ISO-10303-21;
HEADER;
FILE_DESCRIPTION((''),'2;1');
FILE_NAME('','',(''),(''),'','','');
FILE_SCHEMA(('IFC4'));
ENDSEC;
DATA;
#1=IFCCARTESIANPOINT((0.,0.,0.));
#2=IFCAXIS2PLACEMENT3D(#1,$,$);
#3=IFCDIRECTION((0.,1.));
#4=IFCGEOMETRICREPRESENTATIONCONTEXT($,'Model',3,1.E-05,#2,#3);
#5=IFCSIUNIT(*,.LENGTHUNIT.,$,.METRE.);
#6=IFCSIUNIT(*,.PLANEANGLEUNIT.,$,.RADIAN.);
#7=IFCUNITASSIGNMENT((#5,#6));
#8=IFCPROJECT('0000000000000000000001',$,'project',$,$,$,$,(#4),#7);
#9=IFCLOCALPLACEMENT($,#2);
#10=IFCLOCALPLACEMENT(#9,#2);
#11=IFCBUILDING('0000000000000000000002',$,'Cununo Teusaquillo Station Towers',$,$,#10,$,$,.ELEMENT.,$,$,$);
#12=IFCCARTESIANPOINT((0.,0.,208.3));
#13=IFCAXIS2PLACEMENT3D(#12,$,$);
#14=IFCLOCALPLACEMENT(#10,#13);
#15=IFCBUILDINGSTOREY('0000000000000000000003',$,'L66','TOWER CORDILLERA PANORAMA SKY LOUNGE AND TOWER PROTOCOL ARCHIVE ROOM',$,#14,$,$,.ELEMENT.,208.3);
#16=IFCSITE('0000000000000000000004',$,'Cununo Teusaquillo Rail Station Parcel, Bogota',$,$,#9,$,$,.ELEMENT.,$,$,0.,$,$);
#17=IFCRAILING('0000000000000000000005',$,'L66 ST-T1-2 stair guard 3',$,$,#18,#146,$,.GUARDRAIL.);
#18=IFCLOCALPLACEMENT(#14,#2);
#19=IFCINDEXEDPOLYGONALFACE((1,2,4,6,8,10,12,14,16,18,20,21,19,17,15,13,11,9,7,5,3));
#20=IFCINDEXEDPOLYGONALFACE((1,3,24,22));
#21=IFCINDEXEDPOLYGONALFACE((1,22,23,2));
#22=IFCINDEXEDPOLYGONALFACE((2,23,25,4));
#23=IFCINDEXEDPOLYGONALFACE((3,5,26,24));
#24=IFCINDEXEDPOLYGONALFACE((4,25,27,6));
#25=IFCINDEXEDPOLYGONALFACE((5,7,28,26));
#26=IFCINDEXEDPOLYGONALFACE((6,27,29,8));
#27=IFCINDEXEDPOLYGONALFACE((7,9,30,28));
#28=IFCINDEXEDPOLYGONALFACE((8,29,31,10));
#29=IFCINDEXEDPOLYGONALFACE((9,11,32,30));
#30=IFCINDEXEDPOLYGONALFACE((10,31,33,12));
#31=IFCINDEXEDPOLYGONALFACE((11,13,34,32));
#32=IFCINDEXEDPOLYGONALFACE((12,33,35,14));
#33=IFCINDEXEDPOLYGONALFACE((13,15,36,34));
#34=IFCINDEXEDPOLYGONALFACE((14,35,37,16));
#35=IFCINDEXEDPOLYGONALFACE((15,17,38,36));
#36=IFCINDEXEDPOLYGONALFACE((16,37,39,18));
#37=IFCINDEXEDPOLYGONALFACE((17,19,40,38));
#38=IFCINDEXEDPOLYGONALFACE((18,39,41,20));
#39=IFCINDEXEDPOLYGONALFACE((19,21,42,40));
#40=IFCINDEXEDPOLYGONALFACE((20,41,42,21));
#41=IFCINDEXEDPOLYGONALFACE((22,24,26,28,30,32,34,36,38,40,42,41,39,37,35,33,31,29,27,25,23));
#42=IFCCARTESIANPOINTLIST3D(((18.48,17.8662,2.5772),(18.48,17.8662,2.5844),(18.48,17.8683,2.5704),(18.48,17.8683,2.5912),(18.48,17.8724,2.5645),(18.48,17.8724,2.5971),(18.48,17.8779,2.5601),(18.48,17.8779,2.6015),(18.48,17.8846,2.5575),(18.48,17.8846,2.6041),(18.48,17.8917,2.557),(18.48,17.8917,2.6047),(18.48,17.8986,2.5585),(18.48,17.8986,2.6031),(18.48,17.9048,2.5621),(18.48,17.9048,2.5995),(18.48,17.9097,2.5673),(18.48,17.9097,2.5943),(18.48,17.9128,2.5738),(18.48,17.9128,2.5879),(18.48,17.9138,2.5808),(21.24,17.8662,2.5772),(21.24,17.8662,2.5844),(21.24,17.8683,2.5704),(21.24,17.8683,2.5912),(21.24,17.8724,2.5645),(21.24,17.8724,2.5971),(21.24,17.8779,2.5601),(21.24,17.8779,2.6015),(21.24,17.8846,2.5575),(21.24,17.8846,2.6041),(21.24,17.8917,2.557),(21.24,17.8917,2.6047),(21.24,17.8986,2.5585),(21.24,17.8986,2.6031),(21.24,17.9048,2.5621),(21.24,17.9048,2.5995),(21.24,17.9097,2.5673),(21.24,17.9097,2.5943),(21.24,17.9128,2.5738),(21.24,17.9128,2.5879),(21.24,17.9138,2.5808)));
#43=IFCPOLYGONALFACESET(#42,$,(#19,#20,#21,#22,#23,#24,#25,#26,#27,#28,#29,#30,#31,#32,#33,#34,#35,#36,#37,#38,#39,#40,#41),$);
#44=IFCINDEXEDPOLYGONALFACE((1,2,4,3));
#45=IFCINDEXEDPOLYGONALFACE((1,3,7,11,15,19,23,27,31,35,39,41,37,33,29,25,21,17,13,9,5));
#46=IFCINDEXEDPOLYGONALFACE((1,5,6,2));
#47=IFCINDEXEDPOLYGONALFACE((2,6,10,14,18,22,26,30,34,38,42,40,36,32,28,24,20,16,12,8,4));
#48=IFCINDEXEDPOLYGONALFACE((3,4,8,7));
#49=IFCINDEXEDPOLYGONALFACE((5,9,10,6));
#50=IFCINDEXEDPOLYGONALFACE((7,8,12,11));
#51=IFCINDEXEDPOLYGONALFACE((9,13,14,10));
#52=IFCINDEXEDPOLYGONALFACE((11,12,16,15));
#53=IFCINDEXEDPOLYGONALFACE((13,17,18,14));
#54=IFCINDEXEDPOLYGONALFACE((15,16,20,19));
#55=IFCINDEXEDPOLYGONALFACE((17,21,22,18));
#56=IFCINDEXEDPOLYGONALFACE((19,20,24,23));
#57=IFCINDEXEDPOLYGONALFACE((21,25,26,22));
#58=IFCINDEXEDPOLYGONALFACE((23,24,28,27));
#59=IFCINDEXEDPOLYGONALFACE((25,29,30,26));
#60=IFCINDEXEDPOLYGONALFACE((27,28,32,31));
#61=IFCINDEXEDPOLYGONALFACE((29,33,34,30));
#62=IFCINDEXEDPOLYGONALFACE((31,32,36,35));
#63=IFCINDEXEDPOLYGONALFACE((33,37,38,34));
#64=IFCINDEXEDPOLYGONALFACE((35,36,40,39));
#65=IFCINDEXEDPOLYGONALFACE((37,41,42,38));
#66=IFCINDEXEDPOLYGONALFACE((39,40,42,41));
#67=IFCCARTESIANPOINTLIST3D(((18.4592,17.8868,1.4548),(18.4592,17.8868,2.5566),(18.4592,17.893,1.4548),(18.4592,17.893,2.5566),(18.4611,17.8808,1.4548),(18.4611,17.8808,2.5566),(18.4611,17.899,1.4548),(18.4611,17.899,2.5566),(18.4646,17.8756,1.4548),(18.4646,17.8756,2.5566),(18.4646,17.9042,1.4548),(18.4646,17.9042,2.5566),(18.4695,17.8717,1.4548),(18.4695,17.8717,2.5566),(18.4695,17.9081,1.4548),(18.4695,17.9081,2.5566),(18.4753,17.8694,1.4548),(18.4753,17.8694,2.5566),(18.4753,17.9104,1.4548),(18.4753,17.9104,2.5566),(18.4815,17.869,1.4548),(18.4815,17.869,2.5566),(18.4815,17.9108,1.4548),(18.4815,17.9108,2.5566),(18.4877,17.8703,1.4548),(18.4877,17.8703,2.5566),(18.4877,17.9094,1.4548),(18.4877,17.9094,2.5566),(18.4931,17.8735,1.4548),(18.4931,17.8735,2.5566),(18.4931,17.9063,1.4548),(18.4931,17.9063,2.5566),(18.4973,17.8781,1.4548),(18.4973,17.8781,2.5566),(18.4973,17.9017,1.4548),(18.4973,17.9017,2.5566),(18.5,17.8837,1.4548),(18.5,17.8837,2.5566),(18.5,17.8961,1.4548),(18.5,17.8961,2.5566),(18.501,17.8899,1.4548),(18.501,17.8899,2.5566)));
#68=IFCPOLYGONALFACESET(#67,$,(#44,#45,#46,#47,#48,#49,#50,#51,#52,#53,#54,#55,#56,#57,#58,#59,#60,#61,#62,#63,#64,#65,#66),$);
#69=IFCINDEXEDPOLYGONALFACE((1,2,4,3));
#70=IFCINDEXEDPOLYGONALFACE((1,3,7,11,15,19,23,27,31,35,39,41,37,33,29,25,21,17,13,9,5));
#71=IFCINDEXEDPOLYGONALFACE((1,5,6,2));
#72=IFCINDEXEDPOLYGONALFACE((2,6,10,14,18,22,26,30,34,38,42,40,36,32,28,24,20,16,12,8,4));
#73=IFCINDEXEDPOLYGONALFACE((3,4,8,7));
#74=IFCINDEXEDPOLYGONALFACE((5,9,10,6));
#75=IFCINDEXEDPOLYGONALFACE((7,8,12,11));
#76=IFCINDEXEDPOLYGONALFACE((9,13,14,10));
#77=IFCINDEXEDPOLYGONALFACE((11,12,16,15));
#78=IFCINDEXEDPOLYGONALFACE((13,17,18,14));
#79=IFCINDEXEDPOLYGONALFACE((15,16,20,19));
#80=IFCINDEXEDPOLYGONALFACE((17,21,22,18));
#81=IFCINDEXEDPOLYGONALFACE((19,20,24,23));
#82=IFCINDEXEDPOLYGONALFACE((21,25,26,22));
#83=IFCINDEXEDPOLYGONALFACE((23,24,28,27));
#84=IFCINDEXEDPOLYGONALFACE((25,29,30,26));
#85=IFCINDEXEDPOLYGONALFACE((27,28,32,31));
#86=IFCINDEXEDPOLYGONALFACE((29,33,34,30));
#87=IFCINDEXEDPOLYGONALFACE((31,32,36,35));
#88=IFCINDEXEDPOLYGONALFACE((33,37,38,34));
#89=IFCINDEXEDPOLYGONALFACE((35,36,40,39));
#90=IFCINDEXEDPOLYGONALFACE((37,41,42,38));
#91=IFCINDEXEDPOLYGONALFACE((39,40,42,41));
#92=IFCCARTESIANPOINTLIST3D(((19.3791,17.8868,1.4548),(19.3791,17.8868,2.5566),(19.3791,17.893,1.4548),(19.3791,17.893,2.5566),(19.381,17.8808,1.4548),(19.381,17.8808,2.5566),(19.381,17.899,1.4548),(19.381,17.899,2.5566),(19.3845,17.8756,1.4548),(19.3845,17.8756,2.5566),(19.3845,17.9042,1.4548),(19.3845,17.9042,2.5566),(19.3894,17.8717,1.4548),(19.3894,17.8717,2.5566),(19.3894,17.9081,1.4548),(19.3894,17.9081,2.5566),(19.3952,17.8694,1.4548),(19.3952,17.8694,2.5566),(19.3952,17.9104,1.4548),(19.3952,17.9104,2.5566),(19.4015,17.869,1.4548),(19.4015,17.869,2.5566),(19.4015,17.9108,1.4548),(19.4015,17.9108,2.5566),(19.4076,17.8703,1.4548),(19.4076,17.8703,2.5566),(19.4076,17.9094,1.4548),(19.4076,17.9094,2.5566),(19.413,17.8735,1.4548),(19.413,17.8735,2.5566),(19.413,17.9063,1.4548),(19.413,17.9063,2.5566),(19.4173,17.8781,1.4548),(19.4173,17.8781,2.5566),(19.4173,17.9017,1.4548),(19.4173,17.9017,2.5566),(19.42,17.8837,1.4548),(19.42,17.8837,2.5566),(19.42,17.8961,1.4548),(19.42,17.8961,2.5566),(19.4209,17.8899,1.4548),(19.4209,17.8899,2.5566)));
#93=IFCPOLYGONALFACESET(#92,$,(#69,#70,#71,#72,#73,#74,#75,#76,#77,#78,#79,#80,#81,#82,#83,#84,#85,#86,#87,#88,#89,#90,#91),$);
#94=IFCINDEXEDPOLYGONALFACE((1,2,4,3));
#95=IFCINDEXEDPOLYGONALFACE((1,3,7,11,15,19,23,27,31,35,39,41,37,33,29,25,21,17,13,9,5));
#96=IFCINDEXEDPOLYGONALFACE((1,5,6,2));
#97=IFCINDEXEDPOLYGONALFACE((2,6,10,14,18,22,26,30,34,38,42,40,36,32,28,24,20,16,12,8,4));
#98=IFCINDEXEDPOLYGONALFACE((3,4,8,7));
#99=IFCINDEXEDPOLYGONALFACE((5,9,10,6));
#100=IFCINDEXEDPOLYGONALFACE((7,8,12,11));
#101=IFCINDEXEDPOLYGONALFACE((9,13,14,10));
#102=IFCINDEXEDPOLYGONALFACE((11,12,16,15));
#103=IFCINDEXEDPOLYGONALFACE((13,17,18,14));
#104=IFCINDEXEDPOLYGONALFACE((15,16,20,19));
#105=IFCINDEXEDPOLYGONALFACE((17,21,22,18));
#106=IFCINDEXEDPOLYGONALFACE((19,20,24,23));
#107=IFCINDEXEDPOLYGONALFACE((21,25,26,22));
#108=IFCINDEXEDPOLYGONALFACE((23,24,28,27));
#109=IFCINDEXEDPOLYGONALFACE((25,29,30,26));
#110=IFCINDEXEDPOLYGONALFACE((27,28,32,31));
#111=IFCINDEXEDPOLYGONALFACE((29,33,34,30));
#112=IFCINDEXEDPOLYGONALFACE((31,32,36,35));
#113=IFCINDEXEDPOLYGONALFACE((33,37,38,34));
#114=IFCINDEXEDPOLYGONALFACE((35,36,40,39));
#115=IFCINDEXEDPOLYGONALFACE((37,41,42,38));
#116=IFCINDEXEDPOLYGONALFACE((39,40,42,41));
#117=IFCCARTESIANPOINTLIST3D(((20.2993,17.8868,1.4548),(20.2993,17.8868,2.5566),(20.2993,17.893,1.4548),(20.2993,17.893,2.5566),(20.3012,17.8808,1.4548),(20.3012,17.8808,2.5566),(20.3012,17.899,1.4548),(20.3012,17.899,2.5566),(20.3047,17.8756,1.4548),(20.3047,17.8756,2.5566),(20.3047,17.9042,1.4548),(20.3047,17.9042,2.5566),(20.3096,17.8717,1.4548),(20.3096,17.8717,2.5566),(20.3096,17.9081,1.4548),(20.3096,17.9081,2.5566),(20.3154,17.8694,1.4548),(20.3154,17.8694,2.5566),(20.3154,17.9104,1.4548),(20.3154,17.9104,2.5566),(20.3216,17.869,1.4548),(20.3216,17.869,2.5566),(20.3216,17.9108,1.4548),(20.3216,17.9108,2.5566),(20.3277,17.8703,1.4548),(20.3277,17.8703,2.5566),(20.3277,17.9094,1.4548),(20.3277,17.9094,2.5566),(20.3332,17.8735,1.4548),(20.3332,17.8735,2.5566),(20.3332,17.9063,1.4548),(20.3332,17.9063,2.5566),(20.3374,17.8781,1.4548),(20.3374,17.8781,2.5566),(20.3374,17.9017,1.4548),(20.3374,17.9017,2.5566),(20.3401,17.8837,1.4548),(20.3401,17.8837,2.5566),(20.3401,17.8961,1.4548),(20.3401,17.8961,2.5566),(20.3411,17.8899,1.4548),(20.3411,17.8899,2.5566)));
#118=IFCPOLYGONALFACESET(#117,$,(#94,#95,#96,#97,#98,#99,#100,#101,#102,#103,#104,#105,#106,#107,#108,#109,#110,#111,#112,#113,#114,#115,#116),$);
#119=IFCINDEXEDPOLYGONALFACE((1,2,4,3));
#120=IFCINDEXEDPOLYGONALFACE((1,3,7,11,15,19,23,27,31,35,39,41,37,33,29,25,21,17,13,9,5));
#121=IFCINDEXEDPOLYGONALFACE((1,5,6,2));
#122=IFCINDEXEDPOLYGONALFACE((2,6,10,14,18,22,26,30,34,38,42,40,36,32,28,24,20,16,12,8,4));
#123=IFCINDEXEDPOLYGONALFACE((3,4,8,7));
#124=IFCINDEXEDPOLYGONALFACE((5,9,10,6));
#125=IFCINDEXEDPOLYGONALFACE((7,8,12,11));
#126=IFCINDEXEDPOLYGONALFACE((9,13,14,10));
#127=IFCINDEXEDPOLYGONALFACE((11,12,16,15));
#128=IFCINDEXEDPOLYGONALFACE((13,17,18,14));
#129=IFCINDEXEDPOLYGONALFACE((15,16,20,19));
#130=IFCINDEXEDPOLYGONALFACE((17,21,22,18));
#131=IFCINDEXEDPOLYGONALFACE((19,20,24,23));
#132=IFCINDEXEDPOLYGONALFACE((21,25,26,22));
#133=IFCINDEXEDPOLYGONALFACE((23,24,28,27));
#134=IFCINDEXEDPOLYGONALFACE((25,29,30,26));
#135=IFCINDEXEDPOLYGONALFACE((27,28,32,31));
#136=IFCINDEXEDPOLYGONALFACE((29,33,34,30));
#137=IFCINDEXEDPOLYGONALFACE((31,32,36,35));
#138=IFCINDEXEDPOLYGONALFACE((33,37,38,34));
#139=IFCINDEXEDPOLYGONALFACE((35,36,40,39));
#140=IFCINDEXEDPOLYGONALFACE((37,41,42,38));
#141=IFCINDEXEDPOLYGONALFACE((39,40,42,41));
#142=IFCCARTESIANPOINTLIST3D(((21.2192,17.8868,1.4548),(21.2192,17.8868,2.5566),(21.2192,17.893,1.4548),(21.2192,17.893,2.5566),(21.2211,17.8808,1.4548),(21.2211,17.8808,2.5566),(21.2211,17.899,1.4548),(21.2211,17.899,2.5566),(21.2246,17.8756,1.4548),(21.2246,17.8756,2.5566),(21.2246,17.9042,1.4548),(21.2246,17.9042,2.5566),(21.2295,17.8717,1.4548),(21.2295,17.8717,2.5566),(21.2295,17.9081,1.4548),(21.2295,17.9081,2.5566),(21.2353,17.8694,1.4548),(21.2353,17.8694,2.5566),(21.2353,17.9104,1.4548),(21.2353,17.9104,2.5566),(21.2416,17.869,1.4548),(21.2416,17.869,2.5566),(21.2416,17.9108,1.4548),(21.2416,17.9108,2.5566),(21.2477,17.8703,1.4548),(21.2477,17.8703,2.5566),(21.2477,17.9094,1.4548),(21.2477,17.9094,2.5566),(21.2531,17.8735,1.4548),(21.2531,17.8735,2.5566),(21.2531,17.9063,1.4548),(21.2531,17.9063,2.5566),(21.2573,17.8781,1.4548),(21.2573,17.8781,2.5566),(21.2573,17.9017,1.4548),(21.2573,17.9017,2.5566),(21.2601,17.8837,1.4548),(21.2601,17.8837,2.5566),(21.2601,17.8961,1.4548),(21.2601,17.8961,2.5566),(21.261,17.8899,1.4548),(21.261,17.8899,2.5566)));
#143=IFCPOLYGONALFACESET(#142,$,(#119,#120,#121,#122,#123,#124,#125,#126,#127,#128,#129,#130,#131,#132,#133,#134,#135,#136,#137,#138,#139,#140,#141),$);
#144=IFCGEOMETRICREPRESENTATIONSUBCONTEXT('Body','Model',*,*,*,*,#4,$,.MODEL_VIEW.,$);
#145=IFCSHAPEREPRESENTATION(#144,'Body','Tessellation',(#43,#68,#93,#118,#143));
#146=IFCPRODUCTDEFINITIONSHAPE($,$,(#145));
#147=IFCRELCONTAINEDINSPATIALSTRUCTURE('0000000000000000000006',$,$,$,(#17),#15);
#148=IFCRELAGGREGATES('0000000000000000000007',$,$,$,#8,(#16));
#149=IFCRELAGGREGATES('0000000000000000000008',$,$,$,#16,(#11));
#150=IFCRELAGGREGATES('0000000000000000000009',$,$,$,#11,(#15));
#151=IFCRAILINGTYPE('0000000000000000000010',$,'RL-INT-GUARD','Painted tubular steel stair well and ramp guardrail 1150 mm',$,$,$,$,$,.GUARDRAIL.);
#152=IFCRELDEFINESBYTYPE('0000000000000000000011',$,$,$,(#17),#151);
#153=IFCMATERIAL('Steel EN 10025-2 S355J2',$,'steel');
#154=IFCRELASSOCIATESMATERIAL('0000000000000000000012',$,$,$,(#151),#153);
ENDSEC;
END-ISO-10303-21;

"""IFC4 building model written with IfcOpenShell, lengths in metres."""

from ifc_helpers import new_model, si_unit, direction, frame, origin, origin_2d, place, context, subcontext, project, spatial, circle, extrude, material, type_object, element, save


model = new_model("IFC4")

# Units and contexts
model_context = context("Model", 3, precision=1e-05, world=origin(), true_north=direction((0.0, 1.0)))
body_context = subcontext(model_context, "Body", "Model", "MODEL_VIEW")
ifc_project = project(units=[si_unit("LENGTHUNIT", "METRE"), si_unit("PLANEANGLEUNIT", "RADIAN")], contexts=[model_context])

# Site, building, storey
site_placement = place(None, origin())
site = spatial("IfcSite", under=ifc_project, at=site_placement, Name="Cununo Teusaquillo Rail Station Parcel, Bogota", CompositionType="ELEMENT", RefElevation=0.0)
building_placement = place(site_placement, origin())
building = spatial("IfcBuilding", under=site, at=building_placement, Name="Cununo Teusaquillo Station Towers", CompositionType="ELEMENT")
storey_placement = place(building_placement, frame((0.0, 0.0, 208.3)))
storey = spatial("IfcBuildingStorey", under=building, at=storey_placement, Name="L66", Description="TOWER CORDILLERA PANORAMA SKY LOUNGE AND TOWER PROTOCOL ARCHIVE ROOM", CompositionType="ELEMENT", Elevation=208.3)

# Railing
ifc_material_1 = material(Name="Steel EN 10025-2 S355J2", Category="steel")
railing_type_1 = type_object("IfcRailingType", Name="RL-INT-GUARD", Description="Painted tubular steel stair well and ramp guardrail 1150 mm", PredefinedType="GUARDRAIL", material=ifc_material_1)
railing_1_placement = place(storey_placement, frame((18.48, 17.8899, 1.4548)))
element("IfcRailing", 1, at=railing_1_placement, inside=storey, type_object=railing_type_1, Name="L66 ST-T1-2 stair guard 3", PredefinedType="GUARDRAIL", context=body_context, shape_type="SweptSolid", body=[
    extrude(circle(Radius=0.0239, at=origin_2d()), frame((0.0, 0.0, 1.126), z_axis=(1.0, 0.0, 0.0), x_axis=(0.0, 1.0, 0.0)), (0.0, 0.0, 1.0), 2.76),
    extrude(circle(Radius=0.021, at=origin_2d()), origin(), (0.0, 0.0, 1.0), 1.1018),
    extrude(circle(Radius=0.021, at=origin_2d()), frame((0.9199, 0.0, 0.0)), (0.0, 0.0, 1.0), 1.1018),
    extrude(circle(Radius=0.021, at=origin_2d()), frame((1.8401, 0.0, 0.0)), (0.0, 0.0, 1.0), 1.1018),
    extrude(circle(Radius=0.021, at=origin_2d()), frame((2.76, 0.0, 0.0)), (0.0, 0.0, 1.0), 1.1018),
])

save(model, "model.ifc")
